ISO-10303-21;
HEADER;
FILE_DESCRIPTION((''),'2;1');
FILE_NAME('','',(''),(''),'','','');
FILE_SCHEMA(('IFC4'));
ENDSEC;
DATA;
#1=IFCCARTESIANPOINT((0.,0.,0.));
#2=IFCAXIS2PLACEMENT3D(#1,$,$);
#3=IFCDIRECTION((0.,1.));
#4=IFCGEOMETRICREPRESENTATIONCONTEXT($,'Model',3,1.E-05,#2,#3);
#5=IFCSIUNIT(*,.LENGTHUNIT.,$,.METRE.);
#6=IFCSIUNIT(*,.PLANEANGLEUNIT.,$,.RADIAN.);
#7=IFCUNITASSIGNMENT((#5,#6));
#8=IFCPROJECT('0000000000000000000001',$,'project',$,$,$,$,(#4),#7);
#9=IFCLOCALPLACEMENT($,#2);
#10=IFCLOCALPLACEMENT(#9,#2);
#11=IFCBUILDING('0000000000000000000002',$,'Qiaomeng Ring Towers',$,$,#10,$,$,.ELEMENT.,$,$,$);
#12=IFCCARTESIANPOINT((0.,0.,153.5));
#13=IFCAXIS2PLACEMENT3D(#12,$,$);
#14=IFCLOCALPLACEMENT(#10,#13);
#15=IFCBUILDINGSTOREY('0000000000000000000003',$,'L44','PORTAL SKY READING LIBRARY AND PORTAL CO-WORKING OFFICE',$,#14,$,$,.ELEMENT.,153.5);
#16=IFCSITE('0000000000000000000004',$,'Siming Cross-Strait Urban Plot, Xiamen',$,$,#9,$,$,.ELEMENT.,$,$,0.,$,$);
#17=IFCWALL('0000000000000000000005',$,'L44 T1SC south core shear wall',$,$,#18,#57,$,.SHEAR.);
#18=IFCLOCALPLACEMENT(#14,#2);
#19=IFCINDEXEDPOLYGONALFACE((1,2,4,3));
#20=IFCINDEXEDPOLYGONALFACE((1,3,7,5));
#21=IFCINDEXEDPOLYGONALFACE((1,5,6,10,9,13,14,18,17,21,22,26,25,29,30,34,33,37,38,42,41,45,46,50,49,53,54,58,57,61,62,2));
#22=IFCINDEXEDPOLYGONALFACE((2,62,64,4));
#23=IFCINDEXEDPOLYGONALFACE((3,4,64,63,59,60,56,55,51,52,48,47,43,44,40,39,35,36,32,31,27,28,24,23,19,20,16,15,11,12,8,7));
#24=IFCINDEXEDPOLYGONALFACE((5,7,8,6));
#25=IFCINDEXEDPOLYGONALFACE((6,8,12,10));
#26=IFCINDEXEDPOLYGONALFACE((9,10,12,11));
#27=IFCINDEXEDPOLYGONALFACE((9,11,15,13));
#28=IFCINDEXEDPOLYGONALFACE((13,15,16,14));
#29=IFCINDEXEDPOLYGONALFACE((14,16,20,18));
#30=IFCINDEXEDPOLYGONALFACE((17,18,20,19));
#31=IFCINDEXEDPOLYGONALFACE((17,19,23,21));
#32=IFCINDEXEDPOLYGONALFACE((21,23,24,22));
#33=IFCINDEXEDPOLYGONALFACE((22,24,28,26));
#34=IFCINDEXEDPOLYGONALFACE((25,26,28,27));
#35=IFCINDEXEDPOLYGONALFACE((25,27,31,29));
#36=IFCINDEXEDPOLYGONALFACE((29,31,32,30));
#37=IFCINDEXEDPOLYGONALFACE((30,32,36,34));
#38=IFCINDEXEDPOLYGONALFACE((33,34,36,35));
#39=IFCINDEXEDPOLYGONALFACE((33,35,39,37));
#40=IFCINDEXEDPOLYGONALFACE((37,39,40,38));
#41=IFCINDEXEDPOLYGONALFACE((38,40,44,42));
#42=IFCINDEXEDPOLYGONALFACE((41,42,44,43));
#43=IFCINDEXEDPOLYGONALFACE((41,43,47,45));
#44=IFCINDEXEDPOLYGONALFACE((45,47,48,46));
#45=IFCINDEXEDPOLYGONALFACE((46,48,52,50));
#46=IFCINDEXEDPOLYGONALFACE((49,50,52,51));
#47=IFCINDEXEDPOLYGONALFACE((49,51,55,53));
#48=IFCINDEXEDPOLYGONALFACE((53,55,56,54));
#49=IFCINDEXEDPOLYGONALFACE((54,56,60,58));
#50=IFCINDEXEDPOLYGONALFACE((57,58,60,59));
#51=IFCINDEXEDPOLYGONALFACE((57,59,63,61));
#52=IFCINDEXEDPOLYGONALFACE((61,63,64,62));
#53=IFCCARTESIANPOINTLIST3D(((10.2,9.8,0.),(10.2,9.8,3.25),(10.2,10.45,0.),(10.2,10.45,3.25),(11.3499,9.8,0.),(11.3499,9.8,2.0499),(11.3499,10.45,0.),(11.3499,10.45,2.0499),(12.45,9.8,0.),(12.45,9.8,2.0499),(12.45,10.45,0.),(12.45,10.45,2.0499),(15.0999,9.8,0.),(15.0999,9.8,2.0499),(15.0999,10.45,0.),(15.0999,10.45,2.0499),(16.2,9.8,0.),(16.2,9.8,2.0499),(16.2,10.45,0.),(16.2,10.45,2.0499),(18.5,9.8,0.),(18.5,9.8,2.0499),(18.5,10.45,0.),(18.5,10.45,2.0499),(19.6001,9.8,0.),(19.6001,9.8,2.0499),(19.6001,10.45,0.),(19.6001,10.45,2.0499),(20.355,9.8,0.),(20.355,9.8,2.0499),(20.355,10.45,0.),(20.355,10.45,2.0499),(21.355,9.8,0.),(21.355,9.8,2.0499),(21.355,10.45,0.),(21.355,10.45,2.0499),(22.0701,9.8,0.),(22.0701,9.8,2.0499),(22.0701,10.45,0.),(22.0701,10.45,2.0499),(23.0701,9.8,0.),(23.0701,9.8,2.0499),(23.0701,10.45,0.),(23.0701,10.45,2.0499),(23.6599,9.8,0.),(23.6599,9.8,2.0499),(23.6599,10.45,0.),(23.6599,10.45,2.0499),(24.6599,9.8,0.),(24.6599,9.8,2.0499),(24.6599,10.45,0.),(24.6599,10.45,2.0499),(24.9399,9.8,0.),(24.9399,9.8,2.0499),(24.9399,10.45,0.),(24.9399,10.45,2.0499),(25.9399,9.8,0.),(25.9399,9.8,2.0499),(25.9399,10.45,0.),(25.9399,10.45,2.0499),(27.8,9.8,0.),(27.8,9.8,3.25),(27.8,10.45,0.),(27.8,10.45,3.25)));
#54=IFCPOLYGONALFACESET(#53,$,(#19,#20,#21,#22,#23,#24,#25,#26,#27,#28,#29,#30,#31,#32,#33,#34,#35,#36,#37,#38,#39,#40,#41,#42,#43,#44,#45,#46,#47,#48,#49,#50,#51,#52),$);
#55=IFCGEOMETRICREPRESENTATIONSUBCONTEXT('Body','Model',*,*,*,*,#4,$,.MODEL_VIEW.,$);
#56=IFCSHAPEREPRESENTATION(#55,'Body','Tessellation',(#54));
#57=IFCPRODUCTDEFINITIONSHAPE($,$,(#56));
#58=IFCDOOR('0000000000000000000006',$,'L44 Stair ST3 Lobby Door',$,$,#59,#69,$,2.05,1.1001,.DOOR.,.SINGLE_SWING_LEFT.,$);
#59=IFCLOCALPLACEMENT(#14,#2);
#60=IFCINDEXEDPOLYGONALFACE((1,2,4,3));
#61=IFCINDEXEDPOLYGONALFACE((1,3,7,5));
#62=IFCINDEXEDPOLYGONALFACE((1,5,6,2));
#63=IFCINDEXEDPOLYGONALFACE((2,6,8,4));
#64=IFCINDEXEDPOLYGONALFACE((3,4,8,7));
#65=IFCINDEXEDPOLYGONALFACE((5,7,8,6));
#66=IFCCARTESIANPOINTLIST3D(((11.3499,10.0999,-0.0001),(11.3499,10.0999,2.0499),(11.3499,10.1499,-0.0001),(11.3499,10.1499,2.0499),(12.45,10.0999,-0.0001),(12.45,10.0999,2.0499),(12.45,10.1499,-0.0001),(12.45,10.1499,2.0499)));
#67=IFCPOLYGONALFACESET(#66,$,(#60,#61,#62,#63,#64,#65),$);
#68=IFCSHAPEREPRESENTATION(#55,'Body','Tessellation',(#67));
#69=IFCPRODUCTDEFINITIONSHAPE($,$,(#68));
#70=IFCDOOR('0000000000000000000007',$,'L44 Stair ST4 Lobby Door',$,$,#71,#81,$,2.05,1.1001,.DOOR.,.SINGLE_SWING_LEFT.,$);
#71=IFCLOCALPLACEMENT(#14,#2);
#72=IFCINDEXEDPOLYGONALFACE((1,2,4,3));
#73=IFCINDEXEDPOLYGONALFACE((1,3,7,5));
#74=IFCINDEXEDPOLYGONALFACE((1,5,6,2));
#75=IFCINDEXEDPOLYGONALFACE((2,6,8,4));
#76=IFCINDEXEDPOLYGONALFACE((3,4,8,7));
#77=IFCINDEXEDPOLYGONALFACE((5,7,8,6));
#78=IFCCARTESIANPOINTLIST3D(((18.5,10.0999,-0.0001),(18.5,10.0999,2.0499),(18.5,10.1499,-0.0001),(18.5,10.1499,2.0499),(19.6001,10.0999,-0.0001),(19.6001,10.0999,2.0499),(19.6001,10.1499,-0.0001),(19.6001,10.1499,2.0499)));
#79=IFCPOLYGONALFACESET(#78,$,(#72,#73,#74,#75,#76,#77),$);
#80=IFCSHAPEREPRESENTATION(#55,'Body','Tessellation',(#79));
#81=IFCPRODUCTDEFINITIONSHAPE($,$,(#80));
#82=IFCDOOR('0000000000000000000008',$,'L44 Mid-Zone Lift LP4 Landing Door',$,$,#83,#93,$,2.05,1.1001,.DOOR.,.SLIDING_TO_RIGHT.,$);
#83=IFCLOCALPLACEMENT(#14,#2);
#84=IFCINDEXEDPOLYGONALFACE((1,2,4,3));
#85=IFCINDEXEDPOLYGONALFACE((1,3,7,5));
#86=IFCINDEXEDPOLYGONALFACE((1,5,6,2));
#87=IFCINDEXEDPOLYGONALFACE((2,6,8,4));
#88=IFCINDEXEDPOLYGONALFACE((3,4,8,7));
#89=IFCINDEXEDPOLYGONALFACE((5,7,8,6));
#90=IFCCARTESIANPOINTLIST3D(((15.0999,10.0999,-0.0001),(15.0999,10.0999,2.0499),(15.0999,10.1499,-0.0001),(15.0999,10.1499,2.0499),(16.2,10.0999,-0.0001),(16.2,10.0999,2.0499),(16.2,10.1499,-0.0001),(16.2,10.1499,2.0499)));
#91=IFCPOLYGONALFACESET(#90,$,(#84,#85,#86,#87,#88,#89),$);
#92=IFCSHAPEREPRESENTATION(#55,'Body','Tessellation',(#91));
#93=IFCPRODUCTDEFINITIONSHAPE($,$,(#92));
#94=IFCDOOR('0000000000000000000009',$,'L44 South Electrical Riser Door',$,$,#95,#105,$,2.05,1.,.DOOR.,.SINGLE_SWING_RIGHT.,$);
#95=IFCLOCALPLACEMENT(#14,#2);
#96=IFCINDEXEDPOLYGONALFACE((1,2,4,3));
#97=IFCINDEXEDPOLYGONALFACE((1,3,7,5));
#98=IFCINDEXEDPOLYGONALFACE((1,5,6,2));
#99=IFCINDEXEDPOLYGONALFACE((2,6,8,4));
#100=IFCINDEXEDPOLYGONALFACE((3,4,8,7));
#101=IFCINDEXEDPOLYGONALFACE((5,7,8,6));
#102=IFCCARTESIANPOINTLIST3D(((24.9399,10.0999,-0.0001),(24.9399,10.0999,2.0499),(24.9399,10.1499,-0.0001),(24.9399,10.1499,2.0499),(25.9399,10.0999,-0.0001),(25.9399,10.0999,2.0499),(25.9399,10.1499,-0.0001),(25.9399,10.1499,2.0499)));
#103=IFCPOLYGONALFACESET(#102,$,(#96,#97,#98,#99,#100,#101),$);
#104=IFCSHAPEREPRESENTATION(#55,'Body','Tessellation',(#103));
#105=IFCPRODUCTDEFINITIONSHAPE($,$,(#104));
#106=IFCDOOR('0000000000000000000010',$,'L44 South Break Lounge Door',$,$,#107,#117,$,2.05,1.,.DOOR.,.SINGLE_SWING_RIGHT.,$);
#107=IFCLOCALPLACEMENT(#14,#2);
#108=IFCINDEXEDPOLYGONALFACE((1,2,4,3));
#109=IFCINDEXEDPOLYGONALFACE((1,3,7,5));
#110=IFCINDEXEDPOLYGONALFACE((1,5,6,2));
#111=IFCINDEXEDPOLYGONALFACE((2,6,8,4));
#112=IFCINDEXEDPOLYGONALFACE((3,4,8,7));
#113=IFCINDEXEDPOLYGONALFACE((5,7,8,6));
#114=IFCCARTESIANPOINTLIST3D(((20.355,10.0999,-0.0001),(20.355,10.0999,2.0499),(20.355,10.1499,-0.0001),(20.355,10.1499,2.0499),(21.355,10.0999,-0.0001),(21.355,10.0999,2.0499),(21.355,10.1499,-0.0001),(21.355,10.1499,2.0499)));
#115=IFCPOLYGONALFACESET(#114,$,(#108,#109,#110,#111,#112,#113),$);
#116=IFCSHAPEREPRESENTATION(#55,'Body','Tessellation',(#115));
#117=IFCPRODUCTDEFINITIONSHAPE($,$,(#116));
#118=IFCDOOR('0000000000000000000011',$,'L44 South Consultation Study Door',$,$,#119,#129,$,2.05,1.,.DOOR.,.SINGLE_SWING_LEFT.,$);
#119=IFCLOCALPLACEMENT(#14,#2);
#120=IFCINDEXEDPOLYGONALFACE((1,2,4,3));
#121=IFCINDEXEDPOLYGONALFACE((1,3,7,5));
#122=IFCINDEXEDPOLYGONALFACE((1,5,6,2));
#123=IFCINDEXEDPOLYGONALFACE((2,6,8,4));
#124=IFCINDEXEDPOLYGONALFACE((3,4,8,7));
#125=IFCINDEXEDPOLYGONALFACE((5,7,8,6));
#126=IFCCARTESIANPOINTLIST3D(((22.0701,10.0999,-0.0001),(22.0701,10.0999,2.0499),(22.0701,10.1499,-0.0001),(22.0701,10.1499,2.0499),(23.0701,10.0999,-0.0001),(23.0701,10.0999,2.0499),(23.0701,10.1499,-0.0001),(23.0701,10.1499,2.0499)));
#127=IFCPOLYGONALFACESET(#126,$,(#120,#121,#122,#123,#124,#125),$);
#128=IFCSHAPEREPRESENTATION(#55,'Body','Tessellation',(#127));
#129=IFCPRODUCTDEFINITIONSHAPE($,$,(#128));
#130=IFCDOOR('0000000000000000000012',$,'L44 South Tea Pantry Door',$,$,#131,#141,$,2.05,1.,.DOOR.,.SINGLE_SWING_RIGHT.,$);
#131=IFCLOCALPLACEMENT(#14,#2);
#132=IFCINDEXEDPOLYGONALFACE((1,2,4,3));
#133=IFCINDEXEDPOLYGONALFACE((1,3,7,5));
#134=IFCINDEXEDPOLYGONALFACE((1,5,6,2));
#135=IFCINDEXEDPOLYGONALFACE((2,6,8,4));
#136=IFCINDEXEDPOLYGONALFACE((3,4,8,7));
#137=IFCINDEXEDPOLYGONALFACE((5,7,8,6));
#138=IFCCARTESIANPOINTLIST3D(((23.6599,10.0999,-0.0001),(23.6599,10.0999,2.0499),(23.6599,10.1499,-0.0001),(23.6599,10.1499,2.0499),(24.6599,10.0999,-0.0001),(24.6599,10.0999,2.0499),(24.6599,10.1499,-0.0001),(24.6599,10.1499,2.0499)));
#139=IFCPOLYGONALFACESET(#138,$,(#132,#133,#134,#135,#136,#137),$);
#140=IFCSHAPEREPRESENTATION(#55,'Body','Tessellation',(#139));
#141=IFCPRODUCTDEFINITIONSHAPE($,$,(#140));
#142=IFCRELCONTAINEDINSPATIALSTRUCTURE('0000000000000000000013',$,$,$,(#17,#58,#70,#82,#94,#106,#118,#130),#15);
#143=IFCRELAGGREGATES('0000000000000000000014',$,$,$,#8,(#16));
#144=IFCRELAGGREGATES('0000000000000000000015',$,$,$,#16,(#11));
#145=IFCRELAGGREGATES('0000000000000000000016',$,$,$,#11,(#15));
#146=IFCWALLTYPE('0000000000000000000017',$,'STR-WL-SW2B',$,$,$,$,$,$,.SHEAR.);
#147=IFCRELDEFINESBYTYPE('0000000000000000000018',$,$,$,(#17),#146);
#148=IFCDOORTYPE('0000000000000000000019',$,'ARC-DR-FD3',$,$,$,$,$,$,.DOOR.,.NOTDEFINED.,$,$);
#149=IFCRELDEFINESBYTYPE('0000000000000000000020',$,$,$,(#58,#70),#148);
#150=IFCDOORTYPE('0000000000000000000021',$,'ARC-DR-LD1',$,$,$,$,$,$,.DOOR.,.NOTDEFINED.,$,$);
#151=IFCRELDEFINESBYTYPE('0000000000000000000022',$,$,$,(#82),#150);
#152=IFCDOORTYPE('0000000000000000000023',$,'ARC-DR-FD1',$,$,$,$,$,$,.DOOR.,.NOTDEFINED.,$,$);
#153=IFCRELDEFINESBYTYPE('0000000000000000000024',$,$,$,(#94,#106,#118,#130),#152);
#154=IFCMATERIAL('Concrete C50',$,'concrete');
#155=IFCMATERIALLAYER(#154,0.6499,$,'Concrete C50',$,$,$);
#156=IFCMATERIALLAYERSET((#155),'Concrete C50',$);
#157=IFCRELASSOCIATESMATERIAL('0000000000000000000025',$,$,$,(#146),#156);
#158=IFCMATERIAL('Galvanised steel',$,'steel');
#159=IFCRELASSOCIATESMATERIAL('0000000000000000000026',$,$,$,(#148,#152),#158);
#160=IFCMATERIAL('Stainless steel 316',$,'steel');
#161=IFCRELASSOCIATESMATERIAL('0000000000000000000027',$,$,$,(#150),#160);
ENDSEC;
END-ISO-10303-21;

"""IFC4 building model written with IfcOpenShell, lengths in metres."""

from ifc_helpers import new_model, si_unit, direction, frame, frame_2d, origin, place, context, subcontext, project, spatial, rectangle, extrude, source, transform, mapped, material, layer, layer_set, type_object, element, fill, save


model = new_model("IFC4")

# Units and contexts
model_context = context("Model", 3, precision=1e-05, world=origin(), true_north=direction((0.0, 1.0)))
body_context = subcontext(model_context, "Body", "Model", "MODEL_VIEW")
ifc_project = project(units=[si_unit("LENGTHUNIT", "METRE"), si_unit("PLANEANGLEUNIT", "RADIAN")], contexts=[model_context])

# Site, building, storey
site_placement = place(None, origin())
site = spatial("IfcSite", under=ifc_project, at=site_placement, Name="Siming Cross-Strait Urban Plot, Xiamen", CompositionType="ELEMENT", RefElevation=0.0)
building_placement = place(site_placement, origin())
building = spatial("IfcBuilding", under=site, at=building_placement, Name="Qiaomeng Ring Towers", CompositionType="ELEMENT")
storey_placement = place(building_placement, frame((0.0, 0.0, 153.5)))
storey = spatial("IfcBuildingStorey", under=building, at=storey_placement, Name="L44", Description="PORTAL SKY READING LIBRARY AND PORTAL CO-WORKING OFFICE", CompositionType="ELEMENT", Elevation=153.5)

# Wall, openings, doors
shared_shape_1 = source(origin(), body_context, "Body", "SweptSolid", [
    extrude(rectangle(XDim=1.0, YDim=2.05, at=frame_2d((0.5, 1.0249))), frame((0.0, 0.0249, 0.0), z_axis=(0.0, -1.0, 0.0), x_axis=(1.0, 0.0, 0.0)), (0.0, 0.0, 1.0), 0.05),
])
ifc_material_1 = material(Name="Concrete C50", Category="concrete")
ifc_layer_1 = layer(ifc_material_1, 0.6499, Name="Concrete C50")
ifc_layer_set_1 = layer_set([ifc_layer_1], Name="Concrete C50")
wall_type_1 = type_object("IfcWallType", Name="STR-WL-SW2B", PredefinedType="SHEAR", material=ifc_layer_set_1)
wall_1_placement = place(storey_placement, frame((10.2, 10.125, 0.0), z_axis=(0.0, 0.0, 1.0), x_axis=(1.0, 0.0, 0.0)))
wall_1 = element("IfcWall", 1, at=wall_1_placement, inside=storey, type_object=wall_type_1, Name="L44 T1SC south core shear wall", PredefinedType="SHEAR", context=body_context, shape_type="SweptSolid", body=[
    extrude(rectangle(XDim=17.6001, YDim=0.6499, at=frame_2d((8.8, 0.0))), origin(), (0.0, 0.0, 1.0), 3.25),
])
opening_1_placement = place(wall_1_placement, frame((1.1499, 0.0, 0.0)))
opening_1 = element("IfcOpeningElement", 2, at=opening_1_placement, cuts=wall_1, PredefinedType="OPENING", context=body_context, shape_type="SweptSolid", body=[
    extrude(rectangle(XDim=1.1001, YDim=2.05, at=frame_2d((0.55, 1.0249))), frame((0.0, 0.335, 0.0), z_axis=(0.0, -1.0, 0.0), x_axis=(1.0, 0.0, 0.0)), (0.0, 0.0, 1.0), 0.6699),
])
opening_2_placement = place(wall_1_placement, frame((8.3, 0.0, 0.0)))
opening_2 = element("IfcOpeningElement", 3, at=opening_2_placement, cuts=wall_1, PredefinedType="OPENING", context=body_context, shape_type="SweptSolid", body=[
    extrude(rectangle(XDim=1.1001, YDim=2.05, at=frame_2d((0.55, 1.0249))), frame((0.0, 0.335, 0.0), z_axis=(0.0, -1.0, 0.0), x_axis=(1.0, 0.0, 0.0)), (0.0, 0.0, 1.0), 0.6699),
])
opening_3_placement = place(wall_1_placement, frame((4.8999, 0.0, 0.0)))
opening_3 = element("IfcOpeningElement", 4, at=opening_3_placement, cuts=wall_1, PredefinedType="OPENING", context=body_context, shape_type="SweptSolid", body=[
    extrude(rectangle(XDim=1.1001, YDim=2.05, at=frame_2d((0.55, 1.0249))), frame((0.0, 0.335, 0.0), z_axis=(0.0, -1.0, 0.0), x_axis=(1.0, 0.0, 0.0)), (0.0, 0.0, 1.0), 0.6699),
])
opening_4_placement = place(wall_1_placement, frame((14.74, 0.0, 0.0)))
opening_4 = element("IfcOpeningElement", 5, at=opening_4_placement, cuts=wall_1, PredefinedType="OPENING", context=body_context, shape_type="SweptSolid", body=[
    extrude(rectangle(XDim=1.0, YDim=2.05, at=frame_2d((0.5, 1.0249))), frame((0.0, 0.335, 0.0), z_axis=(0.0, -1.0, 0.0), x_axis=(1.0, 0.0, 0.0)), (0.0, 0.0, 1.0), 0.6699),
])
opening_5_placement = place(wall_1_placement, frame((10.155, 0.0, 0.0)))
opening_5 = element("IfcOpeningElement", 6, at=opening_5_placement, cuts=wall_1, PredefinedType="OPENING", context=body_context, shape_type="SweptSolid", body=[
    extrude(rectangle(XDim=1.0, YDim=2.05, at=frame_2d((0.5, 1.0249))), frame((0.0, 0.335, 0.0), z_axis=(0.0, -1.0, 0.0), x_axis=(1.0, 0.0, 0.0)), (0.0, 0.0, 1.0), 0.6699),
])
opening_6_placement = place(wall_1_placement, frame((11.8701, 0.0, 0.0)))
opening_6 = element("IfcOpeningElement", 7, at=opening_6_placement, cuts=wall_1, PredefinedType="OPENING", context=body_context, shape_type="SweptSolid", body=[
    extrude(rectangle(XDim=1.0, YDim=2.05, at=frame_2d((0.5, 1.0249))), frame((0.0, 0.335, 0.0), z_axis=(0.0, -1.0, 0.0), x_axis=(1.0, 0.0, 0.0)), (0.0, 0.0, 1.0), 0.6699),
])
opening_7_placement = place(wall_1_placement, frame((13.46, 0.0, 0.0)))
opening_7 = element("IfcOpeningElement", 8, at=opening_7_placement, cuts=wall_1, PredefinedType="OPENING", context=body_context, shape_type="SweptSolid", body=[
    extrude(rectangle(XDim=1.0, YDim=2.05, at=frame_2d((0.5, 1.0249))), frame((0.0, 0.335, 0.0), z_axis=(0.0, -1.0, 0.0), x_axis=(1.0, 0.0, 0.0)), (0.0, 0.0, 1.0), 0.6699),
])
ifc_material_2 = material(Name="Galvanised steel", Category="steel")
door_type_1 = type_object("IfcDoorType", Name="ARC-DR-FD3", OperationType="NOTDEFINED", PredefinedType="DOOR", material=ifc_material_2)
shared_shape_2 = source(origin(), body_context, "Body", "SweptSolid", [
    extrude(rectangle(XDim=1.1001, YDim=2.05, at=frame_2d((0.55, 1.0249))), frame((0.0, 0.0249, 0.0), z_axis=(0.0, -1.0, 0.0), x_axis=(1.0, 0.0, 0.0)), (0.0, 0.0, 1.0), 0.05),
])
door_1_placement = place(opening_1_placement, origin())
door_1 = element("IfcDoor", 9, at=door_1_placement, inside=storey, type_object=door_type_1, Name="L44 Stair ST3 Lobby Door", OperationType="SINGLE_SWING_LEFT", OverallHeight=2.05, OverallWidth=1.1001, PredefinedType="DOOR", context=body_context, shape_type="MappedRepresentation", body=[
    mapped(shared_shape_2, transform((0.0, 0.0, 0.0), x_axis=(1.0, 0.0, 0.0), y_axis=(0.0, 1.0, 0.0), z_axis=(0.0, 0.0, 1.0), scale=1.0)),
])
fill(opening_1, door_1)
door_2_placement = place(opening_2_placement, origin())
door_2 = element("IfcDoor", 10, at=door_2_placement, inside=storey, type_object=door_type_1, Name="L44 Stair ST4 Lobby Door", OperationType="SINGLE_SWING_LEFT", OverallHeight=2.05, OverallWidth=1.1001, PredefinedType="DOOR", context=body_context, shape_type="MappedRepresentation", body=[
    mapped(shared_shape_2, transform((0.0, 0.0, 0.0), x_axis=(1.0, 0.0, 0.0), y_axis=(0.0, 1.0, 0.0), z_axis=(0.0, 0.0, 1.0), scale=1.0)),
])
fill(opening_2, door_2)
ifc_material_3 = material(Name="Stainless steel 316", Category="steel")
door_type_2 = type_object("IfcDoorType", Name="ARC-DR-LD1", OperationType="NOTDEFINED", PredefinedType="DOOR", material=ifc_material_3)
door_3_placement = place(opening_3_placement, origin())
door_3 = element("IfcDoor", 11, at=door_3_placement, inside=storey, type_object=door_type_2, Name="L44 Mid-Zone Lift LP4 Landing Door", OperationType="SLIDING_TO_RIGHT", OverallHeight=2.05, OverallWidth=1.1001, PredefinedType="DOOR", context=body_context, shape_type="MappedRepresentation", body=[
    mapped(shared_shape_2, transform((0.0, 0.0, 0.0), x_axis=(1.0, 0.0, 0.0), y_axis=(0.0, 1.0, 0.0), z_axis=(0.0, 0.0, 1.0), scale=1.0)),
])
fill(opening_3, door_3)
door_type_3 = type_object("IfcDoorType", Name="ARC-DR-FD1", OperationType="NOTDEFINED", PredefinedType="DOOR", material=ifc_material_2)
door_4_placement = place(opening_4_placement, origin())
door_4 = element("IfcDoor", 12, at=door_4_placement, inside=storey, type_object=door_type_3, Name="L44 South Electrical Riser Door", OperationType="SINGLE_SWING_RIGHT", OverallHeight=2.05, OverallWidth=1.0, PredefinedType="DOOR", context=body_context, shape_type="MappedRepresentation", body=[
    mapped(shared_shape_1, transform((0.0, 0.0, 0.0), x_axis=(1.0, 0.0, 0.0), y_axis=(0.0, 1.0, 0.0), z_axis=(0.0, 0.0, 1.0), scale=1.0)),
])
fill(opening_4, door_4)
door_5_placement = place(opening_5_placement, origin())
door_5 = element("IfcDoor", 13, at=door_5_placement, inside=storey, type_object=door_type_3, Name="L44 South Break Lounge Door", OperationType="SINGLE_SWING_RIGHT", OverallHeight=2.05, OverallWidth=1.0, PredefinedType="DOOR", context=body_context, shape_type="MappedRepresentation", body=[
    mapped(shared_shape_1, transform((0.0, 0.0, 0.0), x_axis=(1.0, 0.0, 0.0), y_axis=(0.0, 1.0, 0.0), z_axis=(0.0, 0.0, 1.0), scale=1.0)),
])
fill(opening_5, door_5)
door_6_placement = place(opening_6_placement, origin())
door_6 = element("IfcDoor", 14, at=door_6_placement, inside=storey, type_object=door_type_3, Name="L44 South Consultation Study Door", OperationType="SINGLE_SWING_LEFT", OverallHeight=2.05, OverallWidth=1.0, PredefinedType="DOOR", context=body_context, shape_type="MappedRepresentation", body=[
    mapped(shared_shape_1, transform((0.0, 0.0, 0.0), x_axis=(1.0, 0.0, 0.0), y_axis=(0.0, 1.0, 0.0), z_axis=(0.0, 0.0, 1.0), scale=1.0)),
])
fill(opening_6, door_6)
door_7_placement = place(opening_7_placement, origin())
door_7 = element("IfcDoor", 15, at=door_7_placement, inside=storey, type_object=door_type_3, Name="L44 South Tea Pantry Door", OperationType="SINGLE_SWING_RIGHT", OverallHeight=2.05, OverallWidth=1.0, PredefinedType="DOOR", context=body_context, shape_type="MappedRepresentation", body=[
    mapped(shared_shape_1, transform((0.0, 0.0, 0.0), x_axis=(1.0, 0.0, 0.0), y_axis=(0.0, 1.0, 0.0), z_axis=(0.0, 0.0, 1.0), scale=1.0)),
])
fill(opening_7, door_7)

save(model, "model.ifc")
